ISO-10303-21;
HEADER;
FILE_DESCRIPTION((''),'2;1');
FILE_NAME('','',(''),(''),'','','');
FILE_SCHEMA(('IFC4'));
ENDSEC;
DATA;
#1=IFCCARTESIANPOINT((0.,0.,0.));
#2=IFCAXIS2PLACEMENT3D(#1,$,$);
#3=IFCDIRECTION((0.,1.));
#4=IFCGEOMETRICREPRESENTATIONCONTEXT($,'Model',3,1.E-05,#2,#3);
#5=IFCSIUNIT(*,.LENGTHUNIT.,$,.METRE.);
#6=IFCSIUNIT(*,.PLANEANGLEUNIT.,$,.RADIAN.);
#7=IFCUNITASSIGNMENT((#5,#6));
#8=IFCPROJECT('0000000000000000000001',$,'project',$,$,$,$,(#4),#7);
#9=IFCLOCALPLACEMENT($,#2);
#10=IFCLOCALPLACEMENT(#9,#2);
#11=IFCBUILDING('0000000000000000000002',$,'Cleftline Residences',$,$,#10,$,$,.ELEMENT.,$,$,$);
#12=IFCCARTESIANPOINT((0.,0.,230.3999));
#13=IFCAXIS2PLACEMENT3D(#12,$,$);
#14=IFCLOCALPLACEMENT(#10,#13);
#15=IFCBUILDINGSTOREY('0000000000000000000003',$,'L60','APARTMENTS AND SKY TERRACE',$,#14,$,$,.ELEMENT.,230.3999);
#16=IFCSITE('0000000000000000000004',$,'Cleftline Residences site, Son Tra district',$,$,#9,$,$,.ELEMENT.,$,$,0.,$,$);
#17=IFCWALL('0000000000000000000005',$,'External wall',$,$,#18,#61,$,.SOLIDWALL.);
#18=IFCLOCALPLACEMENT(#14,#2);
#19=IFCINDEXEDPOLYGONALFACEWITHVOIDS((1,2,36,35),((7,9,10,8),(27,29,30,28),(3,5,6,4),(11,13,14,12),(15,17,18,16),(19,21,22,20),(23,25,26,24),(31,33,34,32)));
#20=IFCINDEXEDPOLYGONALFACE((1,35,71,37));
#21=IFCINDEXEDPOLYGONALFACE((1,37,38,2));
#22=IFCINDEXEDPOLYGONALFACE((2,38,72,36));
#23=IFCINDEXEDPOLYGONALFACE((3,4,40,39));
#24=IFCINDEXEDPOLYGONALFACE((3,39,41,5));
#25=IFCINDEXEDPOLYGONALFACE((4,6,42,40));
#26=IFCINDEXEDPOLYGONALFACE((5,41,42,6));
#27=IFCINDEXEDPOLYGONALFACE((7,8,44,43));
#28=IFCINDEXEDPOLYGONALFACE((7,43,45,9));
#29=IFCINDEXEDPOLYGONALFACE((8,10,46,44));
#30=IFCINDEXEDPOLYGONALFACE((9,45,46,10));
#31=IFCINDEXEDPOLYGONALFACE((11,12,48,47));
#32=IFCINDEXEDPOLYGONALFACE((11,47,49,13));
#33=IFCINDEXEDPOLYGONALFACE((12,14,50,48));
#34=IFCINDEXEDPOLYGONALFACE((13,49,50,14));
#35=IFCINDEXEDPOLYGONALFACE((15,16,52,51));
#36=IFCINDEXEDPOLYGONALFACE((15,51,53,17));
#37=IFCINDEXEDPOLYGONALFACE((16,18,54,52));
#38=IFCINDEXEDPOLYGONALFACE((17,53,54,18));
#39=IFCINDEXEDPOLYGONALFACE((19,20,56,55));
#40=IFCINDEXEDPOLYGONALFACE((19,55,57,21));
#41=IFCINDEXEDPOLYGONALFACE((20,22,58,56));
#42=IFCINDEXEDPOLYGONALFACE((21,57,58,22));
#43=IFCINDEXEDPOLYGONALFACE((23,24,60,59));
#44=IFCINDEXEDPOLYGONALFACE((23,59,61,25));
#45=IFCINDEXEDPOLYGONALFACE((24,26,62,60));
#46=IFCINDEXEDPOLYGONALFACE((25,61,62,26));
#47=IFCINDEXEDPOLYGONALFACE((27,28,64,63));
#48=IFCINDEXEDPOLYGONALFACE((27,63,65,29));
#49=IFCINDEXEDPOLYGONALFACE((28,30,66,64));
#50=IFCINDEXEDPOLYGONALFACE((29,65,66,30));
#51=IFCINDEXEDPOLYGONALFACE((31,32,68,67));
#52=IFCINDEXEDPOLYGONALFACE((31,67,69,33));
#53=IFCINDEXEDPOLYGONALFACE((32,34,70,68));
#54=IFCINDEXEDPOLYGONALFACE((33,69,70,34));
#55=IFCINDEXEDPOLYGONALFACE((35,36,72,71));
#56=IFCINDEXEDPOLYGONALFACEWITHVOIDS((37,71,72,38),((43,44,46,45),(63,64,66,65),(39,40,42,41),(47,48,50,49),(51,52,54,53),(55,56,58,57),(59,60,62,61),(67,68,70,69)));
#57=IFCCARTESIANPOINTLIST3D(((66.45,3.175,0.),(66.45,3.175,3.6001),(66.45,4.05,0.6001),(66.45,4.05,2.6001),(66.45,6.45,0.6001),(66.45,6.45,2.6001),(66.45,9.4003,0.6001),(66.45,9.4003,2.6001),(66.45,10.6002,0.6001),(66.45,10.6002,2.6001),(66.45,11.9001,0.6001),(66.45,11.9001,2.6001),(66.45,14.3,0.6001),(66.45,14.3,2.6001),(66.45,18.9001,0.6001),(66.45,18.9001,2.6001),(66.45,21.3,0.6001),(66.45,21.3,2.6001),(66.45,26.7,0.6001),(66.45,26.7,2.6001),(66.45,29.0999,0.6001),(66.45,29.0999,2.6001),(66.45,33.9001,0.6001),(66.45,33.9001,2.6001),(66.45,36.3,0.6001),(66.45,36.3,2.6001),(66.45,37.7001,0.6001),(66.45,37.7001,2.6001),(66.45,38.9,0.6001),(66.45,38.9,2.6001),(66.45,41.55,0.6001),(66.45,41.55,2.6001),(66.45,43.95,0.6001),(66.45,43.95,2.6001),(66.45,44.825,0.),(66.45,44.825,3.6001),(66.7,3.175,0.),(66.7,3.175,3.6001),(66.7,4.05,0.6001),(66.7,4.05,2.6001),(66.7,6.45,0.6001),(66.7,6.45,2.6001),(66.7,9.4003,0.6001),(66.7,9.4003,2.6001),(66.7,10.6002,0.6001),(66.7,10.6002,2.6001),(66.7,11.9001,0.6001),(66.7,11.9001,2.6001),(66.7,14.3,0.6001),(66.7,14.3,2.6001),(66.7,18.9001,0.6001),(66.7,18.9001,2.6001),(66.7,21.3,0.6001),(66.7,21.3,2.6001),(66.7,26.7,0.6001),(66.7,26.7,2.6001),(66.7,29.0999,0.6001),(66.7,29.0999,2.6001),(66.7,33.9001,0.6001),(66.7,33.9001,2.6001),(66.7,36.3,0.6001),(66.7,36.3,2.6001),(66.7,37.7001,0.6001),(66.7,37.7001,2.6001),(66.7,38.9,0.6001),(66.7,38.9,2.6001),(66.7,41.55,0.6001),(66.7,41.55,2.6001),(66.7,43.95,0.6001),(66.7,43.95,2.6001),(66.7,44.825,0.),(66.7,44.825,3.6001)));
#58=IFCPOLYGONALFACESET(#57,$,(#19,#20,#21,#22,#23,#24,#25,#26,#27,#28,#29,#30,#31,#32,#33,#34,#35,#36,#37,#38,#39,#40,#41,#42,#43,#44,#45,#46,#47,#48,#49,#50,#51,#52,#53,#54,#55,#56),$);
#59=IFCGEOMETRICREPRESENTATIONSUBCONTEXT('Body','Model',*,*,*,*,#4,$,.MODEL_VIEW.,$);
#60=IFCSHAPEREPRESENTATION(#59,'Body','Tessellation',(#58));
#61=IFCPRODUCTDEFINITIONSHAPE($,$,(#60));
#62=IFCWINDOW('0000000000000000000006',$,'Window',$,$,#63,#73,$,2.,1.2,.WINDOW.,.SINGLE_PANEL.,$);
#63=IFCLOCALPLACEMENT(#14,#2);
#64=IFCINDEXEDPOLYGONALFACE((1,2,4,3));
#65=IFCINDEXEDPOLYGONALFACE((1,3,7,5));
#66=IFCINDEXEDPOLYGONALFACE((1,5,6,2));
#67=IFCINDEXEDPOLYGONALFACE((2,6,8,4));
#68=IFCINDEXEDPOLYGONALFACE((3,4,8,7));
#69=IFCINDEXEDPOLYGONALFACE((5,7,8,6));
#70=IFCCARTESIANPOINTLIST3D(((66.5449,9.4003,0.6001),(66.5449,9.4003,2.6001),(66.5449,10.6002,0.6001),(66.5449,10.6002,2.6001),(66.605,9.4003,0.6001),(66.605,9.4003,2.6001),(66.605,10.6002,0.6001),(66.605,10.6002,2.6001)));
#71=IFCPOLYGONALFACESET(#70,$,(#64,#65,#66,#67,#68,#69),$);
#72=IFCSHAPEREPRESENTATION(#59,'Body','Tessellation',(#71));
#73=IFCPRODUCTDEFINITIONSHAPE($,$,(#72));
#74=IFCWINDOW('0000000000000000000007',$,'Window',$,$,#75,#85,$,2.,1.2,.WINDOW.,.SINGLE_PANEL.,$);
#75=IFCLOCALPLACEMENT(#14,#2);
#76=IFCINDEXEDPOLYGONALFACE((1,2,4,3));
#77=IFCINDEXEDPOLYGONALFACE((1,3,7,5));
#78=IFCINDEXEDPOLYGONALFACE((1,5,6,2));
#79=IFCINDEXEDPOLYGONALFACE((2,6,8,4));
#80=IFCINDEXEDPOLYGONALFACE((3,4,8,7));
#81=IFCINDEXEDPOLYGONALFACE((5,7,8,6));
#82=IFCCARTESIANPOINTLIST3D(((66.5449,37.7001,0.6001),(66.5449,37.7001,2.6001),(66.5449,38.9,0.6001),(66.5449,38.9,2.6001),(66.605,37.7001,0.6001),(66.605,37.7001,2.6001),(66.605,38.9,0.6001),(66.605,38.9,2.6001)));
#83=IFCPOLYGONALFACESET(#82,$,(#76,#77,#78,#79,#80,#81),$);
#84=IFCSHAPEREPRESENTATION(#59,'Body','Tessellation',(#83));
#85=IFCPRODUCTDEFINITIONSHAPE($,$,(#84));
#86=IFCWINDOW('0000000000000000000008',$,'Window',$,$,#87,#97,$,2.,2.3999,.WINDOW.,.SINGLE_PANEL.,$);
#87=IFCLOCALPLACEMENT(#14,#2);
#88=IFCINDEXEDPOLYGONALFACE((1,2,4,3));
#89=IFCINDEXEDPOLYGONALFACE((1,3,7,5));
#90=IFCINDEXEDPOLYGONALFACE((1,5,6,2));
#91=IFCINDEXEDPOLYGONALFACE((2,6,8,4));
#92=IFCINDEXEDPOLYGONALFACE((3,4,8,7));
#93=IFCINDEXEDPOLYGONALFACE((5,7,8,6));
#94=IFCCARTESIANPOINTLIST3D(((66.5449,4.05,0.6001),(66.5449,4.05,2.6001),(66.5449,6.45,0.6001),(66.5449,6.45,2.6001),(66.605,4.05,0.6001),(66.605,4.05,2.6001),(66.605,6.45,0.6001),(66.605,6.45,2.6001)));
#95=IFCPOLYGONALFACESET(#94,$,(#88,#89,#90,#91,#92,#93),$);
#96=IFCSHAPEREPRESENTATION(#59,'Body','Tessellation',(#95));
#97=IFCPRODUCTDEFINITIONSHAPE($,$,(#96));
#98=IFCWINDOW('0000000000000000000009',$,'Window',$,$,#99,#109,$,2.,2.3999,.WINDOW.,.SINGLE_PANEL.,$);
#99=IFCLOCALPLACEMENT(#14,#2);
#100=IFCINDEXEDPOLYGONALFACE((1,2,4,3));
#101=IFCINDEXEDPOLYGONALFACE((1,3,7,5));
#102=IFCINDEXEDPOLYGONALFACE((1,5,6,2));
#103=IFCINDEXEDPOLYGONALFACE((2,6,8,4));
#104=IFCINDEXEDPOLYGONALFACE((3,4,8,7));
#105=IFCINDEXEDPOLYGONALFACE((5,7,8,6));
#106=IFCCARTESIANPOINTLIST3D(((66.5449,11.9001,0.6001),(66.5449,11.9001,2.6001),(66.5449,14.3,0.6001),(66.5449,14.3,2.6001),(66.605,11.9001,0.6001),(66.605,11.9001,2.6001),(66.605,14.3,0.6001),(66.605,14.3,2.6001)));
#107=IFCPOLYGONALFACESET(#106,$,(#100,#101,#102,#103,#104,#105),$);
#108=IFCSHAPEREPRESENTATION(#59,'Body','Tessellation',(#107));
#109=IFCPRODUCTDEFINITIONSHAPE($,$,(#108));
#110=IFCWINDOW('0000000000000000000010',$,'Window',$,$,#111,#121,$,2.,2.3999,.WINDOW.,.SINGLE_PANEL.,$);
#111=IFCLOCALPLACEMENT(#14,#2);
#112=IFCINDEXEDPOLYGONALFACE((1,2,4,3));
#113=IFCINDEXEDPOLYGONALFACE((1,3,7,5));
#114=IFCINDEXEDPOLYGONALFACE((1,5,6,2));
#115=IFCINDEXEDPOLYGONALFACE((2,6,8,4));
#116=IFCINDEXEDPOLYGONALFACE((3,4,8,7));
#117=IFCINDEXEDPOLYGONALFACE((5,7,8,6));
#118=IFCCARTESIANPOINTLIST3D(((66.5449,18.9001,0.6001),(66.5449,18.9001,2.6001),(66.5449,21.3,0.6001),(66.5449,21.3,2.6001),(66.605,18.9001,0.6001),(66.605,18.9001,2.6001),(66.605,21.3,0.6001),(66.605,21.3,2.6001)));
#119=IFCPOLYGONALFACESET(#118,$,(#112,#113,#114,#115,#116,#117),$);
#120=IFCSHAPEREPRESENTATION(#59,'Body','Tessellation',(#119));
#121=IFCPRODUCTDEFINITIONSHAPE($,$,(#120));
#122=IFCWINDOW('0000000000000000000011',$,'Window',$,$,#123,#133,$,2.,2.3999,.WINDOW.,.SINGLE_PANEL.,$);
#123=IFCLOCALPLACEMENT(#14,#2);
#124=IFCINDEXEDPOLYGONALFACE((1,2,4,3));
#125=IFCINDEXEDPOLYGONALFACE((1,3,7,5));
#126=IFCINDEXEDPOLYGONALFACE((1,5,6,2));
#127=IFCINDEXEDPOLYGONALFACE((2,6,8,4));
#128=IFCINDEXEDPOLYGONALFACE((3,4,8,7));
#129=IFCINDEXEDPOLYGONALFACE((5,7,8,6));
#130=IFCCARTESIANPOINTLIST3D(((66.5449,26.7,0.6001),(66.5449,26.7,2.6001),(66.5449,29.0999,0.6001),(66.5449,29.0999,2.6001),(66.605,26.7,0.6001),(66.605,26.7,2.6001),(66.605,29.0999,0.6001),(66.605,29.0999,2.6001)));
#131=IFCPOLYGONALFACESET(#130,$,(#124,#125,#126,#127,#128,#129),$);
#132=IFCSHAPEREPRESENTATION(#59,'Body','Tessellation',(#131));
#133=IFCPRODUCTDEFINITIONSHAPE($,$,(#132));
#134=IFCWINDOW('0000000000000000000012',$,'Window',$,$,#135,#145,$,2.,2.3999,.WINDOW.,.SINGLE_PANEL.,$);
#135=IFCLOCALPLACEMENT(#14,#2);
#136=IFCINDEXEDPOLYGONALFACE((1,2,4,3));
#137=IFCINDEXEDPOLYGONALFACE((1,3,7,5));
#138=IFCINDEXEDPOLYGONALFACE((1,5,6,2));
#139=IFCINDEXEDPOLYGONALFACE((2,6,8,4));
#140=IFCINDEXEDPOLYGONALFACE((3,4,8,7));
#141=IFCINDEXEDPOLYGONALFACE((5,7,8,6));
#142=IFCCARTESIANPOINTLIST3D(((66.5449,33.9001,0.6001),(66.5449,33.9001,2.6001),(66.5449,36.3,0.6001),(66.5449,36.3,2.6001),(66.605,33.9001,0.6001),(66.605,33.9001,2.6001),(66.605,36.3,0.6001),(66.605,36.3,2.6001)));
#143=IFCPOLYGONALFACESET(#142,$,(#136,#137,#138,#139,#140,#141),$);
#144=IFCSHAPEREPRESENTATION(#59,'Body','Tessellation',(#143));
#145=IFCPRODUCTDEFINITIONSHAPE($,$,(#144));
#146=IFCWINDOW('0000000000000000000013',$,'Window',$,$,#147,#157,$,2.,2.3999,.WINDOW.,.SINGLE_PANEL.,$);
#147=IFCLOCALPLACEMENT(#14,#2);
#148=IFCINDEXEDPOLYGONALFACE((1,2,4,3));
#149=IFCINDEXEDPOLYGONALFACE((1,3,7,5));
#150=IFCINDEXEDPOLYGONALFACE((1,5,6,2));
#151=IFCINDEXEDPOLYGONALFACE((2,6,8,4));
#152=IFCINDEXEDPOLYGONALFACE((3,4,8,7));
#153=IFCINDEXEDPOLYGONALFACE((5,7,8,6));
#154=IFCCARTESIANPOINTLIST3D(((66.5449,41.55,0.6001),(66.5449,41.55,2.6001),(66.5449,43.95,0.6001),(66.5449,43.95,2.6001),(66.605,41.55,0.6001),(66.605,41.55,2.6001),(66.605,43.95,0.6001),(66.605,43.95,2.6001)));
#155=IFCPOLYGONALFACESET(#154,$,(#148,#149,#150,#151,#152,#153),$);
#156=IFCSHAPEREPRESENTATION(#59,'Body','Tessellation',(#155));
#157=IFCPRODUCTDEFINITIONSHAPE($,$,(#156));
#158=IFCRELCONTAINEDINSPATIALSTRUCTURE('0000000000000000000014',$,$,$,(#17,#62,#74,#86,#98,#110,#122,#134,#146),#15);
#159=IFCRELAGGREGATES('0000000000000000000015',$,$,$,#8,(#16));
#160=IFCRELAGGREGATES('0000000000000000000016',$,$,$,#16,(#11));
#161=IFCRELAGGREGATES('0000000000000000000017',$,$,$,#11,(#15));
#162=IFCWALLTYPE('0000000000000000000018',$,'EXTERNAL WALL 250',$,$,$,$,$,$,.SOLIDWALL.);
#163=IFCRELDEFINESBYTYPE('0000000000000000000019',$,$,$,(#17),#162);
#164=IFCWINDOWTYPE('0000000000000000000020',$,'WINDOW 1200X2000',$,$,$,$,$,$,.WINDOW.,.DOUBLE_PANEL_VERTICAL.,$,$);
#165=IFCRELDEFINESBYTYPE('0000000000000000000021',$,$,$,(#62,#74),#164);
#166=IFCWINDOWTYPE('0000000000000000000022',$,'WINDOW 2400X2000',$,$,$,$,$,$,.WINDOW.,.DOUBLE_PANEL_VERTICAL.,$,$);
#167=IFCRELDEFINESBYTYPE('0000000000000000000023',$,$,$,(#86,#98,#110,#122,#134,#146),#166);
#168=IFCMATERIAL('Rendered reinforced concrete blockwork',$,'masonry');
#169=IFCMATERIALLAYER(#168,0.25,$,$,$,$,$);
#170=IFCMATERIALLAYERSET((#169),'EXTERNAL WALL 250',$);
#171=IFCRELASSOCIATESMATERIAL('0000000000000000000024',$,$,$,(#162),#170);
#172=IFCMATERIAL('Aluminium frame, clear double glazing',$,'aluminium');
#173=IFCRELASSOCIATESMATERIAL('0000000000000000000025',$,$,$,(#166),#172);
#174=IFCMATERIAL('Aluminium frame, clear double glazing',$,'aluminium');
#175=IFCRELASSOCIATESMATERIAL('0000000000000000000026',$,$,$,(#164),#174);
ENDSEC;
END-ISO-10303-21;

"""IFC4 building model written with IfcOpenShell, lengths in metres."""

from ifc_helpers import new_model, si_unit, direction, frame, frame_2d, origin, place, context, subcontext, project, spatial, rectangle, extrude, material, layer, layer_set, type_object, element, fill, save


model = new_model("IFC4")

# Units and contexts
model_context = context("Model", 3, precision=1e-05, world=origin(), true_north=direction((0.0, 1.0)))
body_context = subcontext(model_context, "Body", "Model", "MODEL_VIEW")
ifc_project = project(units=[si_unit("LENGTHUNIT", "METRE"), si_unit("PLANEANGLEUNIT", "RADIAN")], contexts=[model_context])

# Site, building, storey
site_placement = place(None, origin())
site = spatial("IfcSite", under=ifc_project, at=site_placement, Name="Cleftline Residences site, Son Tra district", CompositionType="ELEMENT", RefElevation=0.0)
building_placement = place(site_placement, origin())
building = spatial("IfcBuilding", under=site, at=building_placement, Name="Cleftline Residences", CompositionType="ELEMENT")
storey_placement = place(building_placement, frame((0.0, 0.0, 230.3999)))
storey = spatial("IfcBuildingStorey", under=building, at=storey_placement, Name="L60", Description="APARTMENTS AND SKY TERRACE", CompositionType="ELEMENT", Elevation=230.3999)

# Shared definitions
ifc_material_1 = material(Name="Rendered reinforced concrete blockwork", Category="masonry")
ifc_layer_1 = layer(ifc_material_1, 0.25)
ifc_layer_set_1 = layer_set([ifc_layer_1], Name="EXTERNAL WALL 250")
wall_type_1 = type_object("IfcWallType", Name="EXTERNAL WALL 250", PredefinedType="SOLIDWALL", material=ifc_layer_set_1)
ifc_material_2 = material(Name="Aluminium frame, clear double glazing", Category="aluminium")
window_type_1 = type_object("IfcWindowType", Name="WINDOW 2400X2000", PartitioningType="DOUBLE_PANEL_VERTICAL", PredefinedType="WINDOW", material=ifc_material_2)

# Wall, openings, windows
wall_1_placement = place(storey_placement, frame((66.575, 3.175, 0.0), z_axis=(0.0, 0.0, 1.0), x_axis=(0.0, 1.0, 0.0)))
wall_1 = element("IfcWall", 1, at=wall_1_placement, inside=storey, type_object=wall_type_1, Name="External wall", PredefinedType="SOLIDWALL", context=body_context, shape_type="SweptSolid", body=[
    extrude(rectangle(XDim=41.6499, YDim=0.25, at=frame_2d((20.825, 0.0))), origin(), (0.0, 0.0, 1.0), 3.6001),
])
opening_1_placement = place(wall_1_placement, frame((0.875, 0.0, 0.6001)))
opening_1 = element("IfcOpeningElement", 2, at=opening_1_placement, cuts=wall_1, PredefinedType="OPENING", context=body_context, shape_type="SweptSolid", body=[
    extrude(rectangle(XDim=2.3999, YDim=2.0, at=frame_2d((1.2, 1.0))), frame((0.0, 0.135, 0.0), z_axis=(0.0, -1.0, 0.0), x_axis=(1.0, 0.0, 0.0)), (0.0, 0.0, 1.0), 0.27),
])
opening_2_placement = place(wall_1_placement, frame((6.2251, 0.0, 0.6001)))
opening_2 = element("IfcOpeningElement", 3, at=opening_2_placement, cuts=wall_1, PredefinedType="OPENING", context=body_context, shape_type="SweptSolid", body=[
    extrude(rectangle(XDim=1.2, YDim=2.0, at=frame_2d((0.6001, 1.0))), frame((0.0, 0.135, 0.0), z_axis=(0.0, -1.0, 0.0), x_axis=(1.0, 0.0, 0.0)), (0.0, 0.0, 1.0), 0.27),
])
opening_3_placement = place(wall_1_placement, frame((8.7251, 0.0, 0.6001)))
opening_3 = element("IfcOpeningElement", 4, at=opening_3_placement, cuts=wall_1, PredefinedType="OPENING", context=body_context, shape_type="SweptSolid", body=[
    extrude(rectangle(XDim=2.3999, YDim=2.0, at=frame_2d((1.2, 1.0))), frame((0.0, 0.135, 0.0), z_axis=(0.0, -1.0, 0.0), x_axis=(1.0, 0.0, 0.0)), (0.0, 0.0, 1.0), 0.27),
])
opening_4_placement = place(wall_1_placement, frame((15.7251, 0.0, 0.6001)))
opening_4 = element("IfcOpeningElement", 5, at=opening_4_placement, cuts=wall_1, PredefinedType="OPENING", context=body_context, shape_type="SweptSolid", body=[
    extrude(rectangle(XDim=2.3999, YDim=2.0, at=frame_2d((1.2, 1.0))), frame((0.0, 0.135, 0.0), z_axis=(0.0, -1.0, 0.0), x_axis=(1.0, 0.0, 0.0)), (0.0, 0.0, 1.0), 0.27),
])
opening_5_placement = place(wall_1_placement, frame((23.5249, 0.0, 0.6001)))
opening_5 = element("IfcOpeningElement", 6, at=opening_5_placement, cuts=wall_1, PredefinedType="OPENING", context=body_context, shape_type="SweptSolid", body=[
    extrude(rectangle(XDim=2.3999, YDim=2.0, at=frame_2d((1.2, 1.0))), frame((0.0, 0.135, 0.0), z_axis=(0.0, -1.0, 0.0), x_axis=(1.0, 0.0, 0.0)), (0.0, 0.0, 1.0), 0.27),
])
opening_6_placement = place(wall_1_placement, frame((30.7251, 0.0, 0.6001)))
opening_6 = element("IfcOpeningElement", 7, at=opening_6_placement, cuts=wall_1, PredefinedType="OPENING", context=body_context, shape_type="SweptSolid", body=[
    extrude(rectangle(XDim=2.3999, YDim=2.0, at=frame_2d((1.2, 1.0))), frame((0.0, 0.135, 0.0), z_axis=(0.0, -1.0, 0.0), x_axis=(1.0, 0.0, 0.0)), (0.0, 0.0, 1.0), 0.27),
])
opening_7_placement = place(wall_1_placement, frame((34.5249, 0.0, 0.6001)))
opening_7 = element("IfcOpeningElement", 8, at=opening_7_placement, cuts=wall_1, PredefinedType="OPENING", context=body_context, shape_type="SweptSolid", body=[
    extrude(rectangle(XDim=1.2, YDim=2.0, at=frame_2d((0.6001, 1.0))), frame((0.0, 0.135, 0.0), z_axis=(0.0, -1.0, 0.0), x_axis=(1.0, 0.0, 0.0)), (0.0, 0.0, 1.0), 0.27),
])
opening_8_placement = place(wall_1_placement, frame((38.375, 0.0, 0.6001)))
opening_8 = element("IfcOpeningElement", 9, at=opening_8_placement, cuts=wall_1, PredefinedType="OPENING", context=body_context, shape_type="SweptSolid", body=[
    extrude(rectangle(XDim=2.3999, YDim=2.0, at=frame_2d((1.2, 1.0))), frame((0.0, 0.135, 0.0), z_axis=(0.0, -1.0, 0.0), x_axis=(1.0, 0.0, 0.0)), (0.0, 0.0, 1.0), 0.27),
])
ifc_material_3 = material(Name="Aluminium frame, clear double glazing", Category="aluminium")
window_type_2 = type_object("IfcWindowType", Name="WINDOW 1200X2000", PartitioningType="DOUBLE_PANEL_VERTICAL", PredefinedType="WINDOW", material=ifc_material_3)
window_1_placement = place(opening_2_placement, origin())
window_1 = element("IfcWindow", 10, at=window_1_placement, inside=storey, type_object=window_type_2, Name="Window", OverallHeight=2.0, OverallWidth=1.2, PartitioningType="SINGLE_PANEL", PredefinedType="WINDOW", context=body_context, shape_type="SweptSolid", body=[
    extrude(rectangle(XDim=1.2, YDim=2.0, at=frame_2d((0.6001, 1.0))), frame((0.0, 0.03, 0.0), z_axis=(0.0, -1.0, 0.0), x_axis=(1.0, 0.0, 0.0)), (0.0, 0.0, 1.0), 0.0601),
])
fill(opening_2, window_1)
window_2_placement = place(opening_7_placement, origin())
window_2 = element("IfcWindow", 11, at=window_2_placement, inside=storey, type_object=window_type_2, Name="Window", OverallHeight=2.0, OverallWidth=1.2, PartitioningType="SINGLE_PANEL", PredefinedType="WINDOW", context=body_context, shape_type="SweptSolid", body=[
    extrude(rectangle(XDim=1.2, YDim=2.0, at=frame_2d((0.6001, 1.0))), frame((0.0, 0.03, 0.0), z_axis=(0.0, -1.0, 0.0), x_axis=(1.0, 0.0, 0.0)), (0.0, 0.0, 1.0), 0.0601),
])
fill(opening_7, window_2)
window_3_placement = place(opening_1_placement, origin())
window_3 = element("IfcWindow", 12, at=window_3_placement, inside=storey, type_object=window_type_1, Name="Window", OverallHeight=2.0, OverallWidth=2.3999, PartitioningType="SINGLE_PANEL", PredefinedType="WINDOW", context=body_context, shape_type="SweptSolid", body=[
    extrude(rectangle(XDim=2.3999, YDim=2.0, at=frame_2d((1.2, 1.0))), frame((0.0, 0.03, 0.0), z_axis=(0.0, -1.0, 0.0), x_axis=(1.0, 0.0, 0.0)), (0.0, 0.0, 1.0), 0.0601),
])
fill(opening_1, window_3)
window_4_placement = place(opening_3_placement, origin())
window_4 = element("IfcWindow", 13, at=window_4_placement, inside=storey, type_object=window_type_1, Name="Window", OverallHeight=2.0, OverallWidth=2.3999, PartitioningType="SINGLE_PANEL", PredefinedType="WINDOW", context=body_context, shape_type="SweptSolid", body=[
    extrude(rectangle(XDim=2.3999, YDim=2.0, at=frame_2d((1.2, 1.0))), frame((0.0, 0.03, 0.0), z_axis=(0.0, -1.0, 0.0), x_axis=(1.0, 0.0, 0.0)), (0.0, 0.0, 1.0), 0.0601),
])
fill(opening_3, window_4)
window_5_placement = place(opening_4_placement, origin())
window_5 = element("IfcWindow", 14, at=window_5_placement, inside=storey, type_object=window_type_1, Name="Window", OverallHeight=2.0, OverallWidth=2.3999, PartitioningType="SINGLE_PANEL", PredefinedType="WINDOW", context=body_context, shape_type="SweptSolid", body=[
    extrude(rectangle(XDim=2.3999, YDim=2.0, at=frame_2d((1.2, 1.0))), frame((0.0, 0.03, 0.0), z_axis=(0.0, -1.0, 0.0), x_axis=(1.0, 0.0, 0.0)), (0.0, 0.0, 1.0), 0.0601),
])
fill(opening_4, window_5)
window_6_placement = place(opening_5_placement, origin())
window_6 = element("IfcWindow", 15, at=window_6_placement, inside=storey, type_object=window_type_1, Name="Window", OverallHeight=2.0, OverallWidth=2.3999, PartitioningType="SINGLE_PANEL", PredefinedType="WINDOW", context=body_context, shape_type="SweptSolid", body=[
    extrude(rectangle(XDim=2.3999, YDim=2.0, at=frame_2d((1.2, 1.0))), frame((0.0, 0.03, 0.0), z_axis=(0.0, -1.0, 0.0), x_axis=(1.0, 0.0, 0.0)), (0.0, 0.0, 1.0), 0.0601),
])
fill(opening_5, window_6)
window_7_placement = place(opening_6_placement, origin())
window_7 = element("IfcWindow", 16, at=window_7_placement, inside=storey, type_object=window_type_1, Name="Window", OverallHeight=2.0, OverallWidth=2.3999, PartitioningType="SINGLE_PANEL", PredefinedType="WINDOW", context=body_context, shape_type="SweptSolid", body=[
    extrude(rectangle(XDim=2.3999, YDim=2.0, at=frame_2d((1.2, 1.0))), frame((0.0, 0.03, 0.0), z_axis=(0.0, -1.0, 0.0), x_axis=(1.0, 0.0, 0.0)), (0.0, 0.0, 1.0), 0.0601),
])
fill(opening_6, window_7)
window_8_placement = place(opening_8_placement, origin())
window_8 = element("IfcWindow", 17, at=window_8_placement, inside=storey, type_object=window_type_1, Name="Window", OverallHeight=2.0, OverallWidth=2.3999, PartitioningType="SINGLE_PANEL", PredefinedType="WINDOW", context=body_context, shape_type="SweptSolid", body=[
    extrude(rectangle(XDim=2.3999, YDim=2.0, at=frame_2d((1.2, 1.0))), frame((0.0, 0.03, 0.0), z_axis=(0.0, -1.0, 0.0), x_axis=(1.0, 0.0, 0.0)), (0.0, 0.0, 1.0), 0.0601),
])
fill(opening_8, window_8)

save(model, "model.ifc")
